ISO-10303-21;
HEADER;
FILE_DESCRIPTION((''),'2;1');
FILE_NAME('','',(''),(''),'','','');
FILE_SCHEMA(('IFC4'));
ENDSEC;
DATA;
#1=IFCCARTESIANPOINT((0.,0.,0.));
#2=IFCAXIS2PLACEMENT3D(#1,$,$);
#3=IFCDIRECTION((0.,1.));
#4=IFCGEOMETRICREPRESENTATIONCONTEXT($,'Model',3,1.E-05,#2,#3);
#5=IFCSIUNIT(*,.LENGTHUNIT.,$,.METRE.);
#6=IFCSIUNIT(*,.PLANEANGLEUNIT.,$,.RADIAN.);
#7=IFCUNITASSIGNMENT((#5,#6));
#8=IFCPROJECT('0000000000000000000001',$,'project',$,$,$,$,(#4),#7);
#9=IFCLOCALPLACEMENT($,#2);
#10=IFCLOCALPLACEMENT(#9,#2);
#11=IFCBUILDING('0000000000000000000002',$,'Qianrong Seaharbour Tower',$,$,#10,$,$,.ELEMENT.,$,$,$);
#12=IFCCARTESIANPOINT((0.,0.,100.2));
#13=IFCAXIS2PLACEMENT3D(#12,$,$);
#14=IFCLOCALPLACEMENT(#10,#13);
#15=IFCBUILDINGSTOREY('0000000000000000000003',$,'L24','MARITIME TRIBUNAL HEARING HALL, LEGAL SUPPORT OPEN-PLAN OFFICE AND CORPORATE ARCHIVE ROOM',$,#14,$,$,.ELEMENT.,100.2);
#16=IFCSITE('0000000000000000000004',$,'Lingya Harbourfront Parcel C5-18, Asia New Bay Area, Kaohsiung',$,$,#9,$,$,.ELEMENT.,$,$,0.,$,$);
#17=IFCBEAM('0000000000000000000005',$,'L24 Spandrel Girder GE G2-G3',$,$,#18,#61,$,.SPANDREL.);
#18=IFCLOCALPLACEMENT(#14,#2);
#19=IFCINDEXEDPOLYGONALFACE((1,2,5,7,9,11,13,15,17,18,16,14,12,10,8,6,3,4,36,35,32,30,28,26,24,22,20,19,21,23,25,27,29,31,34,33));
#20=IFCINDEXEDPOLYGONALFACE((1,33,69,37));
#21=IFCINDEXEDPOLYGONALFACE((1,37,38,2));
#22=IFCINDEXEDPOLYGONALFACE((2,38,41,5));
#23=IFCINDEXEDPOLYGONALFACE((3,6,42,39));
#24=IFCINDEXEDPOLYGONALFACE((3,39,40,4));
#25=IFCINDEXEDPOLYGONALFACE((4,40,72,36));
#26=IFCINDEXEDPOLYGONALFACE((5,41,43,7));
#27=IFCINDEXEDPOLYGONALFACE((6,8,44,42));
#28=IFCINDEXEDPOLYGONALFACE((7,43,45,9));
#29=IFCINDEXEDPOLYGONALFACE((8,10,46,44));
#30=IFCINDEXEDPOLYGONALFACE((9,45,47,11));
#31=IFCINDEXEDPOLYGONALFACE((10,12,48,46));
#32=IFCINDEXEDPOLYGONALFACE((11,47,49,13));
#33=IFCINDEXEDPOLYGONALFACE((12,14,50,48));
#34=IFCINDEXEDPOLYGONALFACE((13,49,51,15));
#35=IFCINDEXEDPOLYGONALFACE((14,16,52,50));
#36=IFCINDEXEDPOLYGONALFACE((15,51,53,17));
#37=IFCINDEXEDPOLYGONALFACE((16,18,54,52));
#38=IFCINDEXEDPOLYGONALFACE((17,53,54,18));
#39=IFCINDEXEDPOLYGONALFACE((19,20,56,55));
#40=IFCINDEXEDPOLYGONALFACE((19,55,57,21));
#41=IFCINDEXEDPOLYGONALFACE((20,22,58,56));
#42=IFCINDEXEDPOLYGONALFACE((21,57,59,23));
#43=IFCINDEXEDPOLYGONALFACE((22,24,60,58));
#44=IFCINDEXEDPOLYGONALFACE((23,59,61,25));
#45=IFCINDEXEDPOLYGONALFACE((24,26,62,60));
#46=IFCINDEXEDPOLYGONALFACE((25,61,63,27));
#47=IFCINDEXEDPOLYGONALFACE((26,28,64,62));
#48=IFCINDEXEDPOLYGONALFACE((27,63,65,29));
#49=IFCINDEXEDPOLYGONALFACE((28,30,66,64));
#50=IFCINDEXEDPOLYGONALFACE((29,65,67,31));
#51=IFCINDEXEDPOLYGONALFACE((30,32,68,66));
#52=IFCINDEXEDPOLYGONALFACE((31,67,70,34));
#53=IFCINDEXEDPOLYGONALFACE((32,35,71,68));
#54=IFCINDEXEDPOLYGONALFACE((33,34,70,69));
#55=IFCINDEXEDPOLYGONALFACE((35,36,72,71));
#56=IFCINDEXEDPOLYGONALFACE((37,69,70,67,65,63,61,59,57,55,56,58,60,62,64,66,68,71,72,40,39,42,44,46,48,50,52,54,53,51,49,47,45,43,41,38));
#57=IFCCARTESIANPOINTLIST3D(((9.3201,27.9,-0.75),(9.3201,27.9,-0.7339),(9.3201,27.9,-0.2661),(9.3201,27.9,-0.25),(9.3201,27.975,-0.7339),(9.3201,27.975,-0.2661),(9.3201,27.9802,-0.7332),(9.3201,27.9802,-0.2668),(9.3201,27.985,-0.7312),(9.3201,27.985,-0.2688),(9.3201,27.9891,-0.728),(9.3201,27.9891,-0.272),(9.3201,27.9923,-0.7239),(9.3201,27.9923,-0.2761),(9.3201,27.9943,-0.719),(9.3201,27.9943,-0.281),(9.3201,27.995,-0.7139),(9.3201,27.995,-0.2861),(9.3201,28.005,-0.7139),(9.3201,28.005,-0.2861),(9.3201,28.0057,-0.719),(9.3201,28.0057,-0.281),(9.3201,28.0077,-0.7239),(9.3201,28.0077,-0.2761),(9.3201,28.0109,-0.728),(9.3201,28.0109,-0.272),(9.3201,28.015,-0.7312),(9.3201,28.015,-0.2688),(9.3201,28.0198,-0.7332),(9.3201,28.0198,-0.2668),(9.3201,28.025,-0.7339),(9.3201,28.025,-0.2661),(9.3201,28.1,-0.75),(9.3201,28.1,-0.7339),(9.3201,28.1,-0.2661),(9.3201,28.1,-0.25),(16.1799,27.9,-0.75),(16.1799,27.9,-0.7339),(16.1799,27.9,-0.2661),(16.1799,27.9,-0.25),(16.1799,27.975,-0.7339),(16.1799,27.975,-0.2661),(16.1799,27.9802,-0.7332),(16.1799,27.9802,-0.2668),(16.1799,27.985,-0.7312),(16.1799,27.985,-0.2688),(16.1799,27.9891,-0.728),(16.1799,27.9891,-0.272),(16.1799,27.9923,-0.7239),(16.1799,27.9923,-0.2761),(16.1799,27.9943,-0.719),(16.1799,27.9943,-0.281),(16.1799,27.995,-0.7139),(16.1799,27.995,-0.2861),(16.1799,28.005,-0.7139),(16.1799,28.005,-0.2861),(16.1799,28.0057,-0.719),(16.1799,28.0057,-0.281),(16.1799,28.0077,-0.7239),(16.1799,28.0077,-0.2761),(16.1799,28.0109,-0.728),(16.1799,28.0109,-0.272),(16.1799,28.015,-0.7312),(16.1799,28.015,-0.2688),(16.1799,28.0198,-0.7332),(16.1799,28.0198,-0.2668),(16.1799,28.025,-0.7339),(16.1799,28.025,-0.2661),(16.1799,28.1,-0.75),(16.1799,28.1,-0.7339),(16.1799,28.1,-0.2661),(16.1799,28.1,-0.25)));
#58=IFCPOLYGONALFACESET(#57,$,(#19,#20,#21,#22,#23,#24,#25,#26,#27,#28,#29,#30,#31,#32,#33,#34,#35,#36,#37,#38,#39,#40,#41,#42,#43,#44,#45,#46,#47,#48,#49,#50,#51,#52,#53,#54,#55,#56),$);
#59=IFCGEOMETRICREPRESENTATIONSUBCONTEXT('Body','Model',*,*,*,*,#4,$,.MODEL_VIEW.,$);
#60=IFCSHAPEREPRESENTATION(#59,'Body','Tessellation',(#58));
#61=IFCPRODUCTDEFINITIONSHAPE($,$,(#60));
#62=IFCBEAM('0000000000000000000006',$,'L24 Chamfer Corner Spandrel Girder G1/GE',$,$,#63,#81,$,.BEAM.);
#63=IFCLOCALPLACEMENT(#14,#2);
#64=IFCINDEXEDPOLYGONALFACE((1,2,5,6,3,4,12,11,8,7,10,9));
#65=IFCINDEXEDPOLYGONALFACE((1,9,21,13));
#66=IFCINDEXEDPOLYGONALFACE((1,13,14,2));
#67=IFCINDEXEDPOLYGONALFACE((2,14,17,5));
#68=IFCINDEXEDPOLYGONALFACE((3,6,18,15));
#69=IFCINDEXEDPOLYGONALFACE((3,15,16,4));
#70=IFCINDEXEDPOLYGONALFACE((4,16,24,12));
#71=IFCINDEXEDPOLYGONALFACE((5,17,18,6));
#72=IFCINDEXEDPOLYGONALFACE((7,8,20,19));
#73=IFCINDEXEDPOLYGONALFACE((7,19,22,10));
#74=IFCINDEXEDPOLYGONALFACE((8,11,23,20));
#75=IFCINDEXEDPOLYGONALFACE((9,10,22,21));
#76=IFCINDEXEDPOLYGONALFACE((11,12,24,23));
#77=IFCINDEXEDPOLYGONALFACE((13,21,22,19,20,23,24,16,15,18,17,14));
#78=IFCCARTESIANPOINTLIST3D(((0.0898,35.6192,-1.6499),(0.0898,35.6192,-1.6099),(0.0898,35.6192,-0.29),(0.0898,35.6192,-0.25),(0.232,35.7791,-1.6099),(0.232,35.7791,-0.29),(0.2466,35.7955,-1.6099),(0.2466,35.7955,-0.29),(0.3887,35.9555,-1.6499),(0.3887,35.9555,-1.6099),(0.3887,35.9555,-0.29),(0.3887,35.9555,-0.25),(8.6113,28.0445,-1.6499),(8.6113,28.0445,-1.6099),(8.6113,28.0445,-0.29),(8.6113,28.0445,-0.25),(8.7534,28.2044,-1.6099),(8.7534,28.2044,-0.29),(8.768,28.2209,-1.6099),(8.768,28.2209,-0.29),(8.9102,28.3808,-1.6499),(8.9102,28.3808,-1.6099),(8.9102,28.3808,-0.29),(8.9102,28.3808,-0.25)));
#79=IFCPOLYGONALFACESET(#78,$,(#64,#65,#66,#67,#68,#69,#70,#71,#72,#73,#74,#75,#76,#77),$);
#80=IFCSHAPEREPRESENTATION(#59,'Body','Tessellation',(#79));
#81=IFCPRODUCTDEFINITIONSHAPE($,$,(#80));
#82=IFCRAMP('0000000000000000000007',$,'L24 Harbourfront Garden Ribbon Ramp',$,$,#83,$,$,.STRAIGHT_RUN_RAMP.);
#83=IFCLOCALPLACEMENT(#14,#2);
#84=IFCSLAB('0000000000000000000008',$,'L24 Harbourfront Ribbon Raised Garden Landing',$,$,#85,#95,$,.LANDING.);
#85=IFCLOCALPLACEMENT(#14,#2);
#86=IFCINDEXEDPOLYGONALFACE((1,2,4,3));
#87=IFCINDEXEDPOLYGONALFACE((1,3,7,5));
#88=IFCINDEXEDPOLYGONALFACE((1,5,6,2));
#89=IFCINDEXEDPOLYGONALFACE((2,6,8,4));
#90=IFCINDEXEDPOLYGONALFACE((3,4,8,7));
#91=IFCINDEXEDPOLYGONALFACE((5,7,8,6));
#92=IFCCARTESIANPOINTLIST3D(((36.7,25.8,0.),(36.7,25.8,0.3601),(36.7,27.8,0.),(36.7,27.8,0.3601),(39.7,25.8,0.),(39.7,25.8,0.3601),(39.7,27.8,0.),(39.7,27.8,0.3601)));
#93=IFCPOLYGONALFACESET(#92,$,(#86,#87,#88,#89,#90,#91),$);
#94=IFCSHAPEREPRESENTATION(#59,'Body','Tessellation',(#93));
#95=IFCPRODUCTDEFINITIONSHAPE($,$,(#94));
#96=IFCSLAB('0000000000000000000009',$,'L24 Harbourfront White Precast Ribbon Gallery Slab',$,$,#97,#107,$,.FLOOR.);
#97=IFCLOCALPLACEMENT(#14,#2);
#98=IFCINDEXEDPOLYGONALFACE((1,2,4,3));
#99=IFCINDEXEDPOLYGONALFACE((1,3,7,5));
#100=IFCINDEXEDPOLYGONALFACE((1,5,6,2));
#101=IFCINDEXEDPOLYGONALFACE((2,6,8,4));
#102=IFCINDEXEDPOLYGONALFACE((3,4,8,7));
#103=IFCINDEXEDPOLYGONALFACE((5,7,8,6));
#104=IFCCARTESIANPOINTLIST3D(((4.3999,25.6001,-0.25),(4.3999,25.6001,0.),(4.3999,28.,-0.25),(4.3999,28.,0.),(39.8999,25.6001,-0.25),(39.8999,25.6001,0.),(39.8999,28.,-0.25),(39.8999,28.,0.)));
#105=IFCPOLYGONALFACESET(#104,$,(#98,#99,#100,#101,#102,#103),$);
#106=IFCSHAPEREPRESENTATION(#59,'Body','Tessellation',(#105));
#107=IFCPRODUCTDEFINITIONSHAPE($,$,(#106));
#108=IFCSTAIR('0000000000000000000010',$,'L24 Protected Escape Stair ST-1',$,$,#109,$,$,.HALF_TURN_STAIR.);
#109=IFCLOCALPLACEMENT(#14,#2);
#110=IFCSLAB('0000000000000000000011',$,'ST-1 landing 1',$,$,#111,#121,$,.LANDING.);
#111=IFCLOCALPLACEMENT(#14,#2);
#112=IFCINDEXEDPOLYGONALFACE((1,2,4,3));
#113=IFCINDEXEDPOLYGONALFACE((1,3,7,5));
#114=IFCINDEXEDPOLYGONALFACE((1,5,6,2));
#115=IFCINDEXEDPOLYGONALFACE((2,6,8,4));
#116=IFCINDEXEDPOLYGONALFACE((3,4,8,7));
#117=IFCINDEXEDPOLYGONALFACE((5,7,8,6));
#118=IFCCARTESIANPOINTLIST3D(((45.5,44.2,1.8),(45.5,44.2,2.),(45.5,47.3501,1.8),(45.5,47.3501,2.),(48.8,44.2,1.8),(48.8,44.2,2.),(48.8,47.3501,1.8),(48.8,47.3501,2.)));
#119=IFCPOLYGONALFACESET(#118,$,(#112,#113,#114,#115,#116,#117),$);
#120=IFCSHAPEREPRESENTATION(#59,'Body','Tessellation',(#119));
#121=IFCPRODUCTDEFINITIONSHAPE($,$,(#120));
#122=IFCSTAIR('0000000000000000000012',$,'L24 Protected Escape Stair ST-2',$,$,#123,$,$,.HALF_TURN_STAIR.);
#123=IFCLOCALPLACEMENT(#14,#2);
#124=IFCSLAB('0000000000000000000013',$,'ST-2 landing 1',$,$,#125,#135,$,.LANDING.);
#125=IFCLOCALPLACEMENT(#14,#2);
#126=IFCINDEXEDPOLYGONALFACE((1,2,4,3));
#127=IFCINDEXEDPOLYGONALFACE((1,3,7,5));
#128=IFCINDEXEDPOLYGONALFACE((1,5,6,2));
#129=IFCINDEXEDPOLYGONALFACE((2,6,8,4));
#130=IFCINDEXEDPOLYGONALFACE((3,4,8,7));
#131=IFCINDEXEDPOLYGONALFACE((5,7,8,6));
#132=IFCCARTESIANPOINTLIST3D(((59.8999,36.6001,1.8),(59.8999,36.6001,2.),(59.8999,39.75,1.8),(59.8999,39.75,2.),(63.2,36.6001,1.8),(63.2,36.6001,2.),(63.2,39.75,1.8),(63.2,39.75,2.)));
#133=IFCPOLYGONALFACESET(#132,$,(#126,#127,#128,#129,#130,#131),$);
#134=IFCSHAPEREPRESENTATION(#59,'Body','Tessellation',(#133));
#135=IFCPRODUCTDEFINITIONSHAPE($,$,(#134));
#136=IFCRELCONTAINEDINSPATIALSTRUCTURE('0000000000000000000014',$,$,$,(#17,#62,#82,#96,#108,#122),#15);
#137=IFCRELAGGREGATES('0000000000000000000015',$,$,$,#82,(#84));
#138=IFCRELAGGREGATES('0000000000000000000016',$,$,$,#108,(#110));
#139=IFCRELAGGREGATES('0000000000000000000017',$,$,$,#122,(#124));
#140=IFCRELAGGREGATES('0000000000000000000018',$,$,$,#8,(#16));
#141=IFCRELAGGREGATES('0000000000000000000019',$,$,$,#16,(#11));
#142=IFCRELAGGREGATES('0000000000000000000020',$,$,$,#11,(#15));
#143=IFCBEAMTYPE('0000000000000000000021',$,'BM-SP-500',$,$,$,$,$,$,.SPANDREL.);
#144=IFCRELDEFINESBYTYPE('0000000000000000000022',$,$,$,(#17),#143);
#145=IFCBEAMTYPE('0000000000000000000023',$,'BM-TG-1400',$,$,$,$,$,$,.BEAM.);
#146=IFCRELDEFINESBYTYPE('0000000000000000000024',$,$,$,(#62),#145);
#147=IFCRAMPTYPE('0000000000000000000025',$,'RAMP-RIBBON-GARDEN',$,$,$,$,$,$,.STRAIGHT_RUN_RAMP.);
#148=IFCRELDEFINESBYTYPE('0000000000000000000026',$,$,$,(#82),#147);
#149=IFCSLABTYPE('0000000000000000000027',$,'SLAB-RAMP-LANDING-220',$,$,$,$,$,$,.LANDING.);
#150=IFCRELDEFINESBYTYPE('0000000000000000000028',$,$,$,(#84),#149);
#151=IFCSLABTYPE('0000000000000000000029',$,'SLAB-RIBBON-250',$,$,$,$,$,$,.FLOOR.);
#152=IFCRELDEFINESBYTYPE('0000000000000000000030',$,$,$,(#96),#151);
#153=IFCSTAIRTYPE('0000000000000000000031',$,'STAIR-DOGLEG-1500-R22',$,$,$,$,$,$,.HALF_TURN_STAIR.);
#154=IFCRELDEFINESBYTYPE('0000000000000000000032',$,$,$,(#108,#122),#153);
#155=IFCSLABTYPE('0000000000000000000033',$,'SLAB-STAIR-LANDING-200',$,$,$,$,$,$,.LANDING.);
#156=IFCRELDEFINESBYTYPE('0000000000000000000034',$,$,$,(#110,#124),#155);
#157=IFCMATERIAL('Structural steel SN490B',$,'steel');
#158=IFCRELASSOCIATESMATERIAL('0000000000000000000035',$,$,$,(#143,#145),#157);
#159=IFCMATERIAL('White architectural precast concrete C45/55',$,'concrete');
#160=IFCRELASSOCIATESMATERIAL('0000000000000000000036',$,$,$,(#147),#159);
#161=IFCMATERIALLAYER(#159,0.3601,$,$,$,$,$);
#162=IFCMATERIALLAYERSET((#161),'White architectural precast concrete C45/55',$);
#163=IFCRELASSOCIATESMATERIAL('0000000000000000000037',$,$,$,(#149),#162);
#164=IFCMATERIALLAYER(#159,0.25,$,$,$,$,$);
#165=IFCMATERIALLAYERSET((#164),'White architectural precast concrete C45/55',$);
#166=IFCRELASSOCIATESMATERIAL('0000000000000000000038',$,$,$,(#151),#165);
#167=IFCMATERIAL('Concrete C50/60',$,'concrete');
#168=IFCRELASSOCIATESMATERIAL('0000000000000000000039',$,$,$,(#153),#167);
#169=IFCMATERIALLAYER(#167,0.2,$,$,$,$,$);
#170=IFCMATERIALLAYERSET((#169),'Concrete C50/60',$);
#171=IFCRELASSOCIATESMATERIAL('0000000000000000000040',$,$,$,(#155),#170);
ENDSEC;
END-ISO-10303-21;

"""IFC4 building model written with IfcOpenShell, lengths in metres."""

from ifc_helpers import new_model, si_unit, direction, frame, origin, origin_2d, place, context, subcontext, project, spatial, polyline, i_section, outline, extrude, material, layer, layer_set, material_profile, profile_set, type_object, element, aggregate, save


model = new_model("IFC4")

# Units and contexts
model_context = context("Model", 3, precision=1e-05, world=origin(), true_north=direction((0.0, 1.0)))
body_context = subcontext(model_context, "Body", "Model", "MODEL_VIEW")
ifc_project = project(units=[si_unit("LENGTHUNIT", "METRE"), si_unit("PLANEANGLEUNIT", "RADIAN")], contexts=[model_context])

# Site, building, storey
site_placement = place(None, origin())
site = spatial("IfcSite", under=ifc_project, at=site_placement, Name="Lingya Harbourfront Parcel C5-18, Asia New Bay Area, Kaohsiung", CompositionType="ELEMENT", RefElevation=0.0)
building_placement = place(site_placement, origin())
building = spatial("IfcBuilding", under=site, at=building_placement, Name="Qianrong Seaharbour Tower", CompositionType="ELEMENT")
storey_placement = place(building_placement, frame((0.0, 0.0, 100.2)))
storey = spatial("IfcBuildingStorey", under=building, at=storey_placement, Name="L24", Description="MARITIME TRIBUNAL HEARING HALL, LEGAL SUPPORT OPEN-PLAN OFFICE AND CORPORATE ARCHIVE ROOM", CompositionType="ELEMENT", Elevation=100.2)

# Shared definitions
ifc_material_1 = material(Name="Structural steel SN490B", Category="steel")

# Beams
ifc_material_profile_1 = material_profile(ifc_material_1, i_section(OverallWidth=0.2, OverallDepth=0.5, WebThickness=0.01, FlangeThickness=0.0161, FilletRadius=0.02, at=origin_2d()), Name="H500x200x10x16")
ifc_profile_set_1 = profile_set([ifc_material_profile_1], Name="Structural steel SN490B")
beam_type_1 = type_object("IfcBeamType", Name="BM-SP-500", PredefinedType="SPANDREL", material=ifc_profile_set_1)
beam_1_placement = place(storey_placement, frame((9.3201, 28.0, -0.5), z_axis=(1.0, 0.0, 0.0), x_axis=(0.0, 1.0, 0.0)))
element("IfcBeam", 1, at=beam_1_placement, inside=storey, type_object=beam_type_1, Name="L24 Spandrel Girder GE G2-G3", PredefinedType="SPANDREL", context=body_context, shape_type="SweptSolid", body=[
    extrude(i_section(OverallWidth=0.2, OverallDepth=0.5, WebThickness=0.01, FlangeThickness=0.0161, FilletRadius=0.02, at=origin_2d()), origin(), (0.0, 0.0, 1.0), 6.8599),
])
ifc_material_profile_2 = material_profile(ifc_material_1, i_section(OverallWidth=0.45, OverallDepth=1.3999, WebThickness=0.022, FlangeThickness=0.04, at=origin_2d()), Name="BH1400x450x22x40")
ifc_profile_set_2 = profile_set([ifc_material_profile_2], Name="Structural steel SN490B")
beam_type_2 = type_object("IfcBeamType", Name="BM-TG-1400", PredefinedType="BEAM", material=ifc_profile_set_2)
beam_2_placement = place(storey_placement, frame((8.7607, 28.2126, -0.95), z_axis=(-0.747407, 0.664366, 0.0), x_axis=(-0.664366, -0.747407, 0.0)))
element("IfcBeam", 2, at=beam_2_placement, inside=storey, type_object=beam_type_2, Name="L24 Chamfer Corner Spandrel Girder G1/GE", PredefinedType="BEAM", context=body_context, shape_type="SweptSolid", body=[
    extrude(i_section(OverallWidth=0.45, OverallDepth=1.3999, WebThickness=0.022, FlangeThickness=0.04, at=origin_2d()), origin(), (0.0, 0.0, 1.0), 11.4014),
])

# Ramp, slab
ifc_material_2 = material(Name="White architectural precast concrete C45/55", Category="concrete")
ramp_type = type_object("IfcRampType", Name="RAMP-RIBBON-GARDEN", PredefinedType="STRAIGHT_RUN_RAMP", material=ifc_material_2)
ramp_placement = place(storey_placement, origin())
ramp = element("IfcRamp", 3, at=ramp_placement, inside=storey, type_object=ramp_type, Name="L24 Harbourfront Garden Ribbon Ramp", PredefinedType="STRAIGHT_RUN_RAMP")
ifc_layer_1 = layer(ifc_material_2, 0.3601)
ifc_layer_set_1 = layer_set([ifc_layer_1], Name="White architectural precast concrete C45/55")
slab_type_1 = type_object("IfcSlabType", Name="SLAB-RAMP-LANDING-220", PredefinedType="LANDING", material=ifc_layer_set_1)
slab_1_placement = place(storey_placement, origin())
slab_1 = element("IfcSlab", 4, at=slab_1_placement, type_object=slab_type_1, Name="L24 Harbourfront Ribbon Raised Garden Landing", PredefinedType="LANDING", context=body_context, shape_type="SweptSolid", body=[
    extrude(outline(polyline([(36.7, 25.8), (39.7, 25.8), (39.7, 27.8), (36.7, 27.8), (36.7, 25.8)])), origin(), (0.0, 0.0, 1.0), 0.3601),
])
aggregate(ramp, [slab_1])

# Slab
ifc_layer_2 = layer(ifc_material_2, 0.25)
ifc_layer_set_2 = layer_set([ifc_layer_2], Name="White architectural precast concrete C45/55")
slab_type_2 = type_object("IfcSlabType", Name="SLAB-RIBBON-250", PredefinedType="FLOOR", material=ifc_layer_set_2)
slab_2_placement = place(storey_placement, frame((0.0, 0.0, -0.25)))
element("IfcSlab", 5, at=slab_2_placement, inside=storey, type_object=slab_type_2, Name="L24 Harbourfront White Precast Ribbon Gallery Slab", PredefinedType="FLOOR", context=body_context, shape_type="SweptSolid", body=[
    extrude(outline(polyline([(4.3999, 25.6001), (39.8999, 25.6001), (39.8999, 28.0), (4.3999, 28.0), (4.3999, 25.6001)])), origin(), (0.0, 0.0, 1.0), 0.25),
])

# Stairs, slabs
ifc_material_3 = material(Name="Concrete C50/60", Category="concrete")
stair_type = type_object("IfcStairType", Name="STAIR-DOGLEG-1500-R22", PredefinedType="HALF_TURN_STAIR", material=ifc_material_3)
stair_1_placement = place(storey_placement, origin())
stair_1 = element("IfcStair", 6, at=stair_1_placement, inside=storey, type_object=stair_type, Name="L24 Protected Escape Stair ST-1", PredefinedType="HALF_TURN_STAIR")
ifc_layer_3 = layer(ifc_material_3, 0.2)
ifc_layer_set_3 = layer_set([ifc_layer_3], Name="Concrete C50/60")
slab_type_3 = type_object("IfcSlabType", Name="SLAB-STAIR-LANDING-200", PredefinedType="LANDING", material=ifc_layer_set_3)
slab_3_placement = place(storey_placement, frame((0.0, 0.0, 1.8)))
slab_3 = element("IfcSlab", 7, at=slab_3_placement, type_object=slab_type_3, Name="ST-1 landing 1", PredefinedType="LANDING", context=body_context, shape_type="SweptSolid", body=[
    extrude(outline(polyline([(45.5, 44.2), (48.8, 44.2), (48.8, 47.3501), (45.5, 47.3501), (45.5, 44.2)])), origin(), (0.0, 0.0, 1.0), 0.2),
])
aggregate(stair_1, [slab_3])
stair_2_placement = place(storey_placement, origin())
stair_2 = element("IfcStair", 8, at=stair_2_placement, inside=storey, type_object=stair_type, Name="L24 Protected Escape Stair ST-2", PredefinedType="HALF_TURN_STAIR")
slab_4_placement = place(storey_placement, frame((0.0, 0.0, 1.8)))
slab_4 = element("IfcSlab", 9, at=slab_4_placement, type_object=slab_type_3, Name="ST-2 landing 1", PredefinedType="LANDING", context=body_context, shape_type="SweptSolid", body=[
    extrude(outline(polyline([(59.8999, 36.6001), (63.2, 36.6001), (63.2, 39.75), (59.8999, 39.75), (59.8999, 36.6001)])), origin(), (0.0, 0.0, 1.0), 0.2),
])
aggregate(stair_2, [slab_4])

save(model, "model.ifc")
